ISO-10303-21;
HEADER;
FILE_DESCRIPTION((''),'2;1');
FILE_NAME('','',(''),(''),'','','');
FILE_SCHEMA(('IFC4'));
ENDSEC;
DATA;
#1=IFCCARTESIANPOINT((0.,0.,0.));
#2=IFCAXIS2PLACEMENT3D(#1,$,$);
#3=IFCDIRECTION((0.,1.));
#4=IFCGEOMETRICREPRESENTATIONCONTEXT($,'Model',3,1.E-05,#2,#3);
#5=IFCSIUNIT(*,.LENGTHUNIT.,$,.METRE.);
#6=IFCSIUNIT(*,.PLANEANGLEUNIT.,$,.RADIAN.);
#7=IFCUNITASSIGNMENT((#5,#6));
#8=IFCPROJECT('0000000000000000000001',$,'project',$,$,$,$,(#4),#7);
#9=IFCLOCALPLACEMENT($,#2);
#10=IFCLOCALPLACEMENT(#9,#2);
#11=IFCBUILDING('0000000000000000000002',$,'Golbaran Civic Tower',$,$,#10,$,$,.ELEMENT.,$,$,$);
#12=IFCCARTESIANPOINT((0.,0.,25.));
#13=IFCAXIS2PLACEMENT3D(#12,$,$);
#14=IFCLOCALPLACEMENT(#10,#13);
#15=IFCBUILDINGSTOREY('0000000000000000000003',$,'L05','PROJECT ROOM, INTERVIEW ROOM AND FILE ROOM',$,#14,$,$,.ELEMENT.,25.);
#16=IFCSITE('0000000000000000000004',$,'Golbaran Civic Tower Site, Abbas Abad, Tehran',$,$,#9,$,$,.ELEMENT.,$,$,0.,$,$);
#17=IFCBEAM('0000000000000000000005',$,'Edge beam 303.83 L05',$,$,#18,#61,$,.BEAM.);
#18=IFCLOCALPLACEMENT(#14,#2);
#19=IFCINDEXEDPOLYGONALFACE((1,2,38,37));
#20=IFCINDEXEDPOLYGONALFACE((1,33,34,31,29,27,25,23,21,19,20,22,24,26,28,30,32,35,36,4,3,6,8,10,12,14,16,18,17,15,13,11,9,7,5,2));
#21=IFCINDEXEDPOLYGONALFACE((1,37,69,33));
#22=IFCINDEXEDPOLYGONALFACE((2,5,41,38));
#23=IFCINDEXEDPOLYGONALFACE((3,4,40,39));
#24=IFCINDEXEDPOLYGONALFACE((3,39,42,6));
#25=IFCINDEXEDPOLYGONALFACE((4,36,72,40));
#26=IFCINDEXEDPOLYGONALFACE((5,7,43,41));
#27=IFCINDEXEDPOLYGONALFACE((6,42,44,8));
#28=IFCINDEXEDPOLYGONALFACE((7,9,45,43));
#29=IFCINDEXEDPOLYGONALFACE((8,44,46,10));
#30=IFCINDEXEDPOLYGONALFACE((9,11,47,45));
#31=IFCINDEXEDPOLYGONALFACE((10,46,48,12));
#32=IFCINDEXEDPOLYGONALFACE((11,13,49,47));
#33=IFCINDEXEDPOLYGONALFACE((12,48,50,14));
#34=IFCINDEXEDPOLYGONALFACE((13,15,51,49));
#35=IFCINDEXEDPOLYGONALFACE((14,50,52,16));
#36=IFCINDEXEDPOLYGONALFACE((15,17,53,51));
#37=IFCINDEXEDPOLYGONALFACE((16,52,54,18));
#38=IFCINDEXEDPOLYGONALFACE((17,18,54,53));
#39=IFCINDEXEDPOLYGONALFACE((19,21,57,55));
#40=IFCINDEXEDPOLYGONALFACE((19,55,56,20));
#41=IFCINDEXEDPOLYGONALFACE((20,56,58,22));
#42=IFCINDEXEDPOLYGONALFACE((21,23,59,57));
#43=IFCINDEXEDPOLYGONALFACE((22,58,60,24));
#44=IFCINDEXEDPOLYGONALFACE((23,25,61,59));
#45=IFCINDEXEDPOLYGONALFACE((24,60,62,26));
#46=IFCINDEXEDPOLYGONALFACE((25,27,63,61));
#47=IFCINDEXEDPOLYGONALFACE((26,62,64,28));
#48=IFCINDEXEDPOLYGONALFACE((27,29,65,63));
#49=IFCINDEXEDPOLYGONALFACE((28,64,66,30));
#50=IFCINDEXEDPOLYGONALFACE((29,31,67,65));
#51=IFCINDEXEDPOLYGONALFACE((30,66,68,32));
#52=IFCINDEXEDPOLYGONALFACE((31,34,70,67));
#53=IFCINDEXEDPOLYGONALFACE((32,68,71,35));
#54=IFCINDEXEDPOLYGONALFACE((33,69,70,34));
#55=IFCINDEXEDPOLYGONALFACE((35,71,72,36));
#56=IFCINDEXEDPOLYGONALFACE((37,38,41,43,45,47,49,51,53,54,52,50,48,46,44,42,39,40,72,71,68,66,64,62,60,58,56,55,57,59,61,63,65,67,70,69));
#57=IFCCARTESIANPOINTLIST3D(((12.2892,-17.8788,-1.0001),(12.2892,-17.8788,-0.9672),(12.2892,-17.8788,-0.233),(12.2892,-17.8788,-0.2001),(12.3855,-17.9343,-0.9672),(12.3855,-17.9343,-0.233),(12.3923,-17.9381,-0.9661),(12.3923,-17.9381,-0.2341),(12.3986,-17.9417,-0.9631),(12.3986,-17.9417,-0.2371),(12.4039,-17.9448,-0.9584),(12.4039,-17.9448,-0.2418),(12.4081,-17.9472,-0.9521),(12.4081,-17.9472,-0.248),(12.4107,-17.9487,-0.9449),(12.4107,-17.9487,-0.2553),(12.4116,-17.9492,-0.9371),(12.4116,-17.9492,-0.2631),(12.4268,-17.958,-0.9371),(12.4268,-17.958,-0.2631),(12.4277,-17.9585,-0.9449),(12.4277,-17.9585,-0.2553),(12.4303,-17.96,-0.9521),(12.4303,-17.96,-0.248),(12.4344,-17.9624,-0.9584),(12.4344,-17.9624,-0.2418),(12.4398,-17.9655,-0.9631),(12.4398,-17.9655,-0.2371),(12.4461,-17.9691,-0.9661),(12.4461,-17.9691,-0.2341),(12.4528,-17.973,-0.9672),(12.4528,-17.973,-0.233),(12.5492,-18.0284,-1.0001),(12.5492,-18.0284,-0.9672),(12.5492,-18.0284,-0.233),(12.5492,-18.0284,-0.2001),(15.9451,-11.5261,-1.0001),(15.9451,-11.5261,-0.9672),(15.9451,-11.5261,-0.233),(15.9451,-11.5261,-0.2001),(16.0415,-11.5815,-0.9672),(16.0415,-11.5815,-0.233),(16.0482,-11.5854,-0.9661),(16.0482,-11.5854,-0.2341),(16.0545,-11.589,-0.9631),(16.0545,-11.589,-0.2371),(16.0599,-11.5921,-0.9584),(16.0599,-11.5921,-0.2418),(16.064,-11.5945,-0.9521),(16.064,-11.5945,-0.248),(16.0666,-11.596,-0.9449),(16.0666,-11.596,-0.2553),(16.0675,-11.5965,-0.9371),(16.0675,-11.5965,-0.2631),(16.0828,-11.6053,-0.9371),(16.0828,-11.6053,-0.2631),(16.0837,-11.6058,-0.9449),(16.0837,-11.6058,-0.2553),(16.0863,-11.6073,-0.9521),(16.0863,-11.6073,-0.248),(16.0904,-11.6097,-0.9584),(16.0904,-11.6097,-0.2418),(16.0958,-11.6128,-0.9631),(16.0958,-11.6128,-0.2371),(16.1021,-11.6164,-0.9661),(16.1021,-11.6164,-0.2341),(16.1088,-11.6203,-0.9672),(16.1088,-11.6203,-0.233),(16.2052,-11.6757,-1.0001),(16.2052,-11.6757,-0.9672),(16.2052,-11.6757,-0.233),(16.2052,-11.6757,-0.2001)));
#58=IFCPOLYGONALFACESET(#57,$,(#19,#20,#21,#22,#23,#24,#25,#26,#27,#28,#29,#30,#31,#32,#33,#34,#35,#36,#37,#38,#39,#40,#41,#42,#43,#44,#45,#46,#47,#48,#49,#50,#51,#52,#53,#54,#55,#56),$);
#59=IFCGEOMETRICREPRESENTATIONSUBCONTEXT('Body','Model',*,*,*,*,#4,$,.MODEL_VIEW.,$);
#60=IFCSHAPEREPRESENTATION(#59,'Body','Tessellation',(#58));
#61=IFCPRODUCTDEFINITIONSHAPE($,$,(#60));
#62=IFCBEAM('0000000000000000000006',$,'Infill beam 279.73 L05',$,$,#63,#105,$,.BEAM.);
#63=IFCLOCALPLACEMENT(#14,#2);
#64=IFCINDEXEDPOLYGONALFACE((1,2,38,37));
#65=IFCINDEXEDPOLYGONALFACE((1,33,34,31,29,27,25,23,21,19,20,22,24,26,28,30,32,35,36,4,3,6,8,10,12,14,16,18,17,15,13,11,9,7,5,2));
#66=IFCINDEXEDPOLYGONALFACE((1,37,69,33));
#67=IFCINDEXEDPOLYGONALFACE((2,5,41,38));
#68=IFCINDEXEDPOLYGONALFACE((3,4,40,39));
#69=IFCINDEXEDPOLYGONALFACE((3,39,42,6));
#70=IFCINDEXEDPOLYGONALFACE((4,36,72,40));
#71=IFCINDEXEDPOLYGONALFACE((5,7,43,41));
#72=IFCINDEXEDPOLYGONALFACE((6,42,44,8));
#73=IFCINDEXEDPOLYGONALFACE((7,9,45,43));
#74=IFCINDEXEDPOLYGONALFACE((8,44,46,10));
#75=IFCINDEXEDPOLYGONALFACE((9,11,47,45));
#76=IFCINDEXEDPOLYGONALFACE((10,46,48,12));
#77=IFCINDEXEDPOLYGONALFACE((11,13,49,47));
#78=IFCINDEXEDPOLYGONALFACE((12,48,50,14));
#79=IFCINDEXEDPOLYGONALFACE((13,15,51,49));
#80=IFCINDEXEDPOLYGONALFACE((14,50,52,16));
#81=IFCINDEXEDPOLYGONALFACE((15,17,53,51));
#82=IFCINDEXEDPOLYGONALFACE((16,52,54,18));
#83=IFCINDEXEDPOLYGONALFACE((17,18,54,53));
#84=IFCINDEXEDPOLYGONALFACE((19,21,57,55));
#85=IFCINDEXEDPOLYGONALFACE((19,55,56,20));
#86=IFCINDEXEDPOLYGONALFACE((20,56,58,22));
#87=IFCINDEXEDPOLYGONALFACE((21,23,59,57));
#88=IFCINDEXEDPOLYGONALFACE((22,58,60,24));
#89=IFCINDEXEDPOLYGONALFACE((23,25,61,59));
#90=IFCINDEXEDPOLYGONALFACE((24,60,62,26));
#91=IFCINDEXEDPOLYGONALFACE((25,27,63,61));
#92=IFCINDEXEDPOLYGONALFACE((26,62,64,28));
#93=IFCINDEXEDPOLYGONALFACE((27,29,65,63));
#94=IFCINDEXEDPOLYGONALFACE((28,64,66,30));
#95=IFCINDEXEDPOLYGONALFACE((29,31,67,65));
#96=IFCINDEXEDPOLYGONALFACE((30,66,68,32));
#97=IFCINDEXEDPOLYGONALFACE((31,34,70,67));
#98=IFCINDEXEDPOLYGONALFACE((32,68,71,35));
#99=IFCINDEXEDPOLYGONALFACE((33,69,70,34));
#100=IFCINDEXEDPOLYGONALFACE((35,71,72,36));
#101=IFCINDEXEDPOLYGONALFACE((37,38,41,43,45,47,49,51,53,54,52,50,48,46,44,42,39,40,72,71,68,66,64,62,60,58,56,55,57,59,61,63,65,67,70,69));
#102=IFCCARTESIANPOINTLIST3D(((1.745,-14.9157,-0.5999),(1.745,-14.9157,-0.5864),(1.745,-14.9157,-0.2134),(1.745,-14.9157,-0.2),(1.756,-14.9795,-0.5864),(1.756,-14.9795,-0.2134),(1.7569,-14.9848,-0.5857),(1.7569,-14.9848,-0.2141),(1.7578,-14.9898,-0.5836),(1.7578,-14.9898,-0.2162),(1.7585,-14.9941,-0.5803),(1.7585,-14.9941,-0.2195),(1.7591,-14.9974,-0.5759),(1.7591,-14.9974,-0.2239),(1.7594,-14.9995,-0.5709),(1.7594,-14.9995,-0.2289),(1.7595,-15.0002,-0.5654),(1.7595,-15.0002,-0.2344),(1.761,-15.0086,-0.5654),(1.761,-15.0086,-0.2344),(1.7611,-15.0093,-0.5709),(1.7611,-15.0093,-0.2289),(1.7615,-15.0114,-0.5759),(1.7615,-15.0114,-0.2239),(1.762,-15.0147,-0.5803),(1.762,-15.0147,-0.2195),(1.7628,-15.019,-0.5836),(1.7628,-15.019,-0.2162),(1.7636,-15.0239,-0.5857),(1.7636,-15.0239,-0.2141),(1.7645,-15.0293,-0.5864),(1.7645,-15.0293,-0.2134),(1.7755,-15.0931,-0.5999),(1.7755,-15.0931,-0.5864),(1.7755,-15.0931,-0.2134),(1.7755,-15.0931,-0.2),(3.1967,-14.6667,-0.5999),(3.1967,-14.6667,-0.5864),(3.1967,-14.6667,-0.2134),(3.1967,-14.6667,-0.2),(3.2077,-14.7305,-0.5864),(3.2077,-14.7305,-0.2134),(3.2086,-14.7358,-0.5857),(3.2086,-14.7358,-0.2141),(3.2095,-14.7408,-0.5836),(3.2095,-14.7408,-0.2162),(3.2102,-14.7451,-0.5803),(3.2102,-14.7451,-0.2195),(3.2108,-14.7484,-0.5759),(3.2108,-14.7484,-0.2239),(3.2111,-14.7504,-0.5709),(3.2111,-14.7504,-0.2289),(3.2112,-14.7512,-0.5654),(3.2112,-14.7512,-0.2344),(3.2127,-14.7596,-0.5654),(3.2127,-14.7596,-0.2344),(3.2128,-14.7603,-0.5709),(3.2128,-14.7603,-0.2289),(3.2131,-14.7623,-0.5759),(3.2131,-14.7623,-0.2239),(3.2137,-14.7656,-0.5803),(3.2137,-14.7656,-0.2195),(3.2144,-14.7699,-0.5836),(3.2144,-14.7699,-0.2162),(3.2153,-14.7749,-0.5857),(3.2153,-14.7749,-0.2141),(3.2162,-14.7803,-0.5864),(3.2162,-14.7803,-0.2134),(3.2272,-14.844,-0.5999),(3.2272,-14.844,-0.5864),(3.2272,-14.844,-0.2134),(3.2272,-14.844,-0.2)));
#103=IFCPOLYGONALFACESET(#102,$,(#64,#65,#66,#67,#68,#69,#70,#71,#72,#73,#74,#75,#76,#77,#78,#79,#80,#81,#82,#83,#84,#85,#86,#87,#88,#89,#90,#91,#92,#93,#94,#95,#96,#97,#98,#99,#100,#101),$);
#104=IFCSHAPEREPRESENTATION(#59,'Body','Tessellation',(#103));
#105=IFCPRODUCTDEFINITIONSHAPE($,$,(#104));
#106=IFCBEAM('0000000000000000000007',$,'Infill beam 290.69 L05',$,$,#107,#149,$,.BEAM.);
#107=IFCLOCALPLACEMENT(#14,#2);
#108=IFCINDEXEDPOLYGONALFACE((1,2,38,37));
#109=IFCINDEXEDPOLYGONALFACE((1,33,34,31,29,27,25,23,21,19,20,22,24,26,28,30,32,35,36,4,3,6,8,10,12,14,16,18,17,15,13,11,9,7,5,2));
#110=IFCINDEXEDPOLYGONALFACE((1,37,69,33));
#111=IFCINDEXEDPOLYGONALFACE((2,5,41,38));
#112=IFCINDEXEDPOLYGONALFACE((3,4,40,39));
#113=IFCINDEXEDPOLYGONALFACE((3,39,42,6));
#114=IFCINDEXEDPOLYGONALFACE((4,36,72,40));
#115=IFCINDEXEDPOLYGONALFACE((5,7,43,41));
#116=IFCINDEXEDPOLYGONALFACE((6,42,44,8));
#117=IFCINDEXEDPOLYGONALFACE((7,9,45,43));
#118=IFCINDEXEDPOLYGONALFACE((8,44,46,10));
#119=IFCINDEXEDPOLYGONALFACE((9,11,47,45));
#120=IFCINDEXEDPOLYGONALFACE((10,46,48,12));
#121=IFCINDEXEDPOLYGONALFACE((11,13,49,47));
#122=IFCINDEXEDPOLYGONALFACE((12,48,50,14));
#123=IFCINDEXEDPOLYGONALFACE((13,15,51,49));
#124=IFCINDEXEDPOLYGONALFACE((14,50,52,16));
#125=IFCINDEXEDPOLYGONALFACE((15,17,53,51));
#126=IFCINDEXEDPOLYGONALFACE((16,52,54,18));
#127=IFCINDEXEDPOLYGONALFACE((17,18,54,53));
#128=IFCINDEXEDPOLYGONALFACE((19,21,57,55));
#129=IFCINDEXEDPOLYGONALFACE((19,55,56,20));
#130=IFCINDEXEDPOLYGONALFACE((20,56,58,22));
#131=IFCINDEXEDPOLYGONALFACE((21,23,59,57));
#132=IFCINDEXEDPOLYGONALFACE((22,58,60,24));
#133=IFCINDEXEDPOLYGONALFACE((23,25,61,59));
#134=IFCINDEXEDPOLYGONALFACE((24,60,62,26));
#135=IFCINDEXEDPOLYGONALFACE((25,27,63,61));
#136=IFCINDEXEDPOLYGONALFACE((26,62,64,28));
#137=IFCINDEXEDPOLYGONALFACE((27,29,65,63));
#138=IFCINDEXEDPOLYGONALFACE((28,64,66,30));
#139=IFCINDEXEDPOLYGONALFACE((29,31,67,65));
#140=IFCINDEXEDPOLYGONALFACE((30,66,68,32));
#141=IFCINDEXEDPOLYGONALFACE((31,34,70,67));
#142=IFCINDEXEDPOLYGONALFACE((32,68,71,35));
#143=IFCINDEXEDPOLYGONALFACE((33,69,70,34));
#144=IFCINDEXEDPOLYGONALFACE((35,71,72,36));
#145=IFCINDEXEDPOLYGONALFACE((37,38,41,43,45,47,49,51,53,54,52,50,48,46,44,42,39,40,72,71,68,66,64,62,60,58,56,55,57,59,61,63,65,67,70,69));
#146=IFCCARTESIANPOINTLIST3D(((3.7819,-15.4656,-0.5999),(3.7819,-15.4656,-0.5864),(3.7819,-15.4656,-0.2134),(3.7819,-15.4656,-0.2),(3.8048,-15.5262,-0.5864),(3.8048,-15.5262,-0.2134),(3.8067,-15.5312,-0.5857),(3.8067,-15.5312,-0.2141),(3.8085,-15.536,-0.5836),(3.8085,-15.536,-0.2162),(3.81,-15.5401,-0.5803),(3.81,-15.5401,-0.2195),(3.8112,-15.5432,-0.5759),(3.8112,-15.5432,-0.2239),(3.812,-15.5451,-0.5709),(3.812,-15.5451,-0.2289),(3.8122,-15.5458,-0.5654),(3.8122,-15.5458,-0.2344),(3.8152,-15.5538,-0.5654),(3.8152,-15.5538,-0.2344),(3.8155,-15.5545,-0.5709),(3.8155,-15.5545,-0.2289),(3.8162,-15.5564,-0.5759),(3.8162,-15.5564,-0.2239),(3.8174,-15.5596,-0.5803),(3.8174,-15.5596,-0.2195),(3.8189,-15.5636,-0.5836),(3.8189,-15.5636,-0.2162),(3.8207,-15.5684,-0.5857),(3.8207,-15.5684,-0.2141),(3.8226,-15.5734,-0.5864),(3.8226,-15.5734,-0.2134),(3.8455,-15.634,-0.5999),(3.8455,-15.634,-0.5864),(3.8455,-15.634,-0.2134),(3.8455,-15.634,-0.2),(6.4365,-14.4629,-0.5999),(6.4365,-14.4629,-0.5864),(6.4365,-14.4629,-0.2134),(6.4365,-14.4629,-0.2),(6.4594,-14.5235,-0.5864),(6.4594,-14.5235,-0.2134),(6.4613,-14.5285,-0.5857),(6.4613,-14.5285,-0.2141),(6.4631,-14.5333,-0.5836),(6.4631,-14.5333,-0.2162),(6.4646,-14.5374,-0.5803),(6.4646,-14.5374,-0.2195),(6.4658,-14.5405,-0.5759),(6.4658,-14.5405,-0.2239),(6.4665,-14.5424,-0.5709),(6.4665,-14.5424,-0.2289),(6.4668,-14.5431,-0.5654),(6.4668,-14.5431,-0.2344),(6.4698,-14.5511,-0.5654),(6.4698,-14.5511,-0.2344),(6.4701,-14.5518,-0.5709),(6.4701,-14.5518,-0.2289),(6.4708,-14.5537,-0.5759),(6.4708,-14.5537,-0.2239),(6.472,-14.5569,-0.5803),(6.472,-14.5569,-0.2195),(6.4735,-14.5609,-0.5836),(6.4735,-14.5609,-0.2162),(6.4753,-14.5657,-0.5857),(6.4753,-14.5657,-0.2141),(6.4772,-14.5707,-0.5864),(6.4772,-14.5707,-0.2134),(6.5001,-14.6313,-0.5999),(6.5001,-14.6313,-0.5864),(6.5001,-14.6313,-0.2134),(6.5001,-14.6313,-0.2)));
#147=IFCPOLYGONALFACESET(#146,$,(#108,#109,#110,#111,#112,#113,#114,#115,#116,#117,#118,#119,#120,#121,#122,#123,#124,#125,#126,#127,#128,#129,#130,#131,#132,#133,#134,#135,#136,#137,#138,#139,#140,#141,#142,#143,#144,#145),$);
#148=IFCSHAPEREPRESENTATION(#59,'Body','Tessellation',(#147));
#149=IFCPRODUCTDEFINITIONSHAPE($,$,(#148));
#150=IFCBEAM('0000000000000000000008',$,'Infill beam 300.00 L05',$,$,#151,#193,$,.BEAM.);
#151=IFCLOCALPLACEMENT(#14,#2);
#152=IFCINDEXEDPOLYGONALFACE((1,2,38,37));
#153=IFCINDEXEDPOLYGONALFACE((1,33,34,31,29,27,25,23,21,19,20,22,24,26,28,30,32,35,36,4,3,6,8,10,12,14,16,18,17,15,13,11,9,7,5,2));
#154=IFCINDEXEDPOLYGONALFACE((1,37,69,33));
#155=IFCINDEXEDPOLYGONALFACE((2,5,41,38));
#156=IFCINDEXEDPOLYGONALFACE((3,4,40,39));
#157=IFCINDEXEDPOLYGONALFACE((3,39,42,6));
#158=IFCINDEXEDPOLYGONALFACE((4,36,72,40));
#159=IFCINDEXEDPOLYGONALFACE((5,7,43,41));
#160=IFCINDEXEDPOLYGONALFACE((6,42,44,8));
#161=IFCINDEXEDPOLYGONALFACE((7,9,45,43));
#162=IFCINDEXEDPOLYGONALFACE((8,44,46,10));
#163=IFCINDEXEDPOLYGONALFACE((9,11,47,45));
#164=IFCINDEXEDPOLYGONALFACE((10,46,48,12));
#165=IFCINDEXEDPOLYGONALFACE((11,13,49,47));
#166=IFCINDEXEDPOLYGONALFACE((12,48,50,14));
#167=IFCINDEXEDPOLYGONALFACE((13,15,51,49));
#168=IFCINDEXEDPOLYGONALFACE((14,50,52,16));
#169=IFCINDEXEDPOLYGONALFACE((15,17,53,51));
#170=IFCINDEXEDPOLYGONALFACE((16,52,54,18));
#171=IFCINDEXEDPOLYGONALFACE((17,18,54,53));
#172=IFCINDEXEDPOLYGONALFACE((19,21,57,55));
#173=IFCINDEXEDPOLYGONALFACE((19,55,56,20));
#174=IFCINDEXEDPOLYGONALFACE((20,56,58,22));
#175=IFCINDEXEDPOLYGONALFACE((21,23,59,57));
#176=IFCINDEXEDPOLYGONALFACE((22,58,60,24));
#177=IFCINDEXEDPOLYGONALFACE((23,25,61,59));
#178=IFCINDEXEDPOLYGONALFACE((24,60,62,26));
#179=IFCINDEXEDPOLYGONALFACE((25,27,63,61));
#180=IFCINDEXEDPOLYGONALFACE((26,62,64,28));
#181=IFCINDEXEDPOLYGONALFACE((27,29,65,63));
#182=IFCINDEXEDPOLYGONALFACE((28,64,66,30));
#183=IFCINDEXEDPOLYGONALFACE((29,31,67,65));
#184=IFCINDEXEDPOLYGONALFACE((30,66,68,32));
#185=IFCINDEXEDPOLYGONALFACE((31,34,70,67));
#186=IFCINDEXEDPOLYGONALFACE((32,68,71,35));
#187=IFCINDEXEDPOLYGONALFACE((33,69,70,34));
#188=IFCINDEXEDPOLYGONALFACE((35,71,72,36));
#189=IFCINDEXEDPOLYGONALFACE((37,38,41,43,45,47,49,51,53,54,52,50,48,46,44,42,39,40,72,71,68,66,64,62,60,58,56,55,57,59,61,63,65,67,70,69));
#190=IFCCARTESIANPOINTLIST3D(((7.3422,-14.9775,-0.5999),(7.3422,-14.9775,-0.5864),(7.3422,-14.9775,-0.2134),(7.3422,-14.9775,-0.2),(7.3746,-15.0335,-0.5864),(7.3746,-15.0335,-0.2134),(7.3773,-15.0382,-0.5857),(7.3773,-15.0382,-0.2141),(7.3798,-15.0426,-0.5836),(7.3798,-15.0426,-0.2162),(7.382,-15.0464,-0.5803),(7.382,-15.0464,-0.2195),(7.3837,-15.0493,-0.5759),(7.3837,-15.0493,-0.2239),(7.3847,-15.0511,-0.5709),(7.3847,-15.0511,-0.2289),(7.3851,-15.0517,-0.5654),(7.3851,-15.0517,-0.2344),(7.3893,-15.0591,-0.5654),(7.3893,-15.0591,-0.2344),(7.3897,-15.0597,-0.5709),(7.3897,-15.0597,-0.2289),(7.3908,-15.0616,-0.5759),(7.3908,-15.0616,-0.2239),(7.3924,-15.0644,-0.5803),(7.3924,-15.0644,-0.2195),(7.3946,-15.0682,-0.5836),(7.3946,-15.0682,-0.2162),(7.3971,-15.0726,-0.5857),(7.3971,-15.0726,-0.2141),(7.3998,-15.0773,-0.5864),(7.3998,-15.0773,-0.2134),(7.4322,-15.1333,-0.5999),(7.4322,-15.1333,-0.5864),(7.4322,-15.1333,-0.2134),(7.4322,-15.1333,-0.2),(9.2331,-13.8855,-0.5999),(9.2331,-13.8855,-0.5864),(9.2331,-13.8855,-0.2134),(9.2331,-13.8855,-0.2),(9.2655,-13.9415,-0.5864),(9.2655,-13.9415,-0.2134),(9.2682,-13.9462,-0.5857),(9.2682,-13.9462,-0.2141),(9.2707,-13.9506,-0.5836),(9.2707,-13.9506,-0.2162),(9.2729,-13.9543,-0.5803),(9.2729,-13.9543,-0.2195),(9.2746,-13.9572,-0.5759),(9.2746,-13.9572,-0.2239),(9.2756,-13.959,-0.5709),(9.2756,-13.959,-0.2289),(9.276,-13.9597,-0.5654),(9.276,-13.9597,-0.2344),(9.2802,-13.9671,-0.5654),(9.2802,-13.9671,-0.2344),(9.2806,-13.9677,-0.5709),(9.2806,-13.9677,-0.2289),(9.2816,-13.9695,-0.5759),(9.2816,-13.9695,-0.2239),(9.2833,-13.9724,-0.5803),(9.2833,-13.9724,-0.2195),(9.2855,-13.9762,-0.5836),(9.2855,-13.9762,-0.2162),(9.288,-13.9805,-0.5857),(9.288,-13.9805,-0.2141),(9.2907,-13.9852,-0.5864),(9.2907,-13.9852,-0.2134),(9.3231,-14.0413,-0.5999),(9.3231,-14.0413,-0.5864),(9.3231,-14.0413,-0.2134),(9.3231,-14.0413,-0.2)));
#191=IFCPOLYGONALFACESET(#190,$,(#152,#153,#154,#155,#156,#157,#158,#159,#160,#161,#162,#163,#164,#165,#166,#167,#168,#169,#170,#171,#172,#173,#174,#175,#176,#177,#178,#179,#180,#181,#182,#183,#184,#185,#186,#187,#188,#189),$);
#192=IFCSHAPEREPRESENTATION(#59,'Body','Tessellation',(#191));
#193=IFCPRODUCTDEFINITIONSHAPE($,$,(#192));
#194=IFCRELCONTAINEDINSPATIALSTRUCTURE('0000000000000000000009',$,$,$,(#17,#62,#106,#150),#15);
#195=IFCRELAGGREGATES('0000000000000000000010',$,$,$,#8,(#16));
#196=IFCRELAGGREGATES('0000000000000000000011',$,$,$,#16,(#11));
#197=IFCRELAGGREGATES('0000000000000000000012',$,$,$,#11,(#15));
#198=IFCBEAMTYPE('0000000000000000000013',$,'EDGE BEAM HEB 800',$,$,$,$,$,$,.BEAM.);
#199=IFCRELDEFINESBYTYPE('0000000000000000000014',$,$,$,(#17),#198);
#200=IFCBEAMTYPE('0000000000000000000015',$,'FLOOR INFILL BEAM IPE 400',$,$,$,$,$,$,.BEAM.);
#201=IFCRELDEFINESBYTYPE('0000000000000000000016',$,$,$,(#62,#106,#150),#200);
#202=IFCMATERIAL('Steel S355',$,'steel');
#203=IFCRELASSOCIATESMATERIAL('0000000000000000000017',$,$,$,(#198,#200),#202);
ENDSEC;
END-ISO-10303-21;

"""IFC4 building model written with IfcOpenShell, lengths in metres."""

from ifc_helpers import new_model, si_unit, direction, frame, origin, origin_2d, place, context, subcontext, project, spatial, i_section, extrude, material, material_profile, profile_set, type_object, element, save


model = new_model("IFC4")

# Units and contexts
model_context = context("Model", 3, precision=1e-05, world=origin(), true_north=direction((0.0, 1.0)))
body_context = subcontext(model_context, "Body", "Model", "MODEL_VIEW")
ifc_project = project(units=[si_unit("LENGTHUNIT", "METRE"), si_unit("PLANEANGLEUNIT", "RADIAN")], contexts=[model_context])

# Site, building, storey
site_placement = place(None, origin())
site = spatial("IfcSite", under=ifc_project, at=site_placement, Name="Golbaran Civic Tower Site, Abbas Abad, Tehran", CompositionType="ELEMENT", RefElevation=0.0)
building_placement = place(site_placement, origin())
building = spatial("IfcBuilding", under=site, at=building_placement, Name="Golbaran Civic Tower", CompositionType="ELEMENT")
storey_placement = place(building_placement, frame((0.0, 0.0, 25.0)))
storey = spatial("IfcBuildingStorey", under=building, at=storey_placement, Name="L05", Description="PROJECT ROOM, INTERVIEW ROOM AND FILE ROOM", CompositionType="ELEMENT", Elevation=25.0)

# Beams
ifc_material_1 = material(Name="Steel S355", Category="steel")
ifc_material_profile_1 = material_profile(ifc_material_1, i_section(OverallWidth=0.3, OverallDepth=0.8, WebThickness=0.0176, FlangeThickness=0.033, FilletRadius=0.03, at=origin_2d()), Name="HEB 800")
ifc_profile_set_1 = profile_set([ifc_material_profile_1], Name="Steel S355")
beam_type_1 = type_object("IfcBeamType", Name="EDGE BEAM HEB 800", PredefinedType="BEAM", material=ifc_profile_set_1)
beam_1_placement = place(storey_placement, frame((12.4192, -17.9536, -0.6001), z_axis=(0.498795, 0.86672, 0.0), x_axis=(-0.86672, 0.498795, 0.0)))
element("IfcBeam", 1, at=beam_1_placement, inside=storey, type_object=beam_type_1, Name="Edge beam 303.83 L05", PredefinedType="BEAM", context=body_context, shape_type="SweptSolid", body=[
    extrude(i_section(OverallWidth=0.3, OverallDepth=0.8, WebThickness=0.0176, FlangeThickness=0.033, FilletRadius=0.03, at=origin_2d()), origin(), (0.0, 0.0, 1.0), 7.3296),
])
ifc_material_profile_2 = material_profile(ifc_material_1, i_section(OverallWidth=0.1799, OverallDepth=0.3999, WebThickness=0.0085, FlangeThickness=0.0134, FilletRadius=0.021, at=origin_2d()), Name="IPE 400")
ifc_profile_set_2 = profile_set([ifc_material_profile_2], Name="Steel S355")
beam_type_2 = type_object("IfcBeamType", Name="FLOOR INFILL BEAM IPE 400", PredefinedType="BEAM", material=ifc_profile_set_2)
beam_2_placement = place(storey_placement, frame((1.7603, -15.0044, -0.3999), z_axis=(0.985603, 0.169074, 0.0), x_axis=(-0.169074, 0.985603, 0.0)))
element("IfcBeam", 2, at=beam_2_placement, inside=storey, type_object=beam_type_2, Name="Infill beam 279.73 L05", PredefinedType="BEAM", context=body_context, shape_type="SweptSolid", body=[
    extrude(i_section(OverallWidth=0.1799, OverallDepth=0.3999, WebThickness=0.0085, FlangeThickness=0.0134, FilletRadius=0.021, at=origin_2d()), origin(), (0.0, 0.0, 1.0), 1.4729),
])
beam_3_placement = place(storey_placement, frame((3.8137, -15.5498, -0.3999), z_axis=(0.935489, 0.353357, 0.0), x_axis=(-0.353357, 0.935489, 0.0)))
element("IfcBeam", 3, at=beam_3_placement, inside=storey, type_object=beam_type_2, Name="Infill beam 290.69 L05", PredefinedType="BEAM", context=body_context, shape_type="SweptSolid", body=[
    extrude(i_section(OverallWidth=0.1799, OverallDepth=0.3999, WebThickness=0.0085, FlangeThickness=0.0134, FilletRadius=0.021, at=origin_2d()), origin(), (0.0, 0.0, 1.0), 2.8376),
])
beam_4_placement = place(storey_placement, frame((7.3872, -15.0554, -0.3999), z_axis=(0.865957, 0.500119, 0.0), x_axis=(-0.500119, 0.865957, 0.0)))
element("IfcBeam", 4, at=beam_4_placement, inside=storey, type_object=beam_type_2, Name="Infill beam 300.00 L05", PredefinedType="BEAM", context=body_context, shape_type="SweptSolid", body=[
    extrude(i_section(OverallWidth=0.1799, OverallDepth=0.3999, WebThickness=0.0085, FlangeThickness=0.0134, FilletRadius=0.021, at=origin_2d()), origin(), (0.0, 0.0, 1.0), 2.1836),
])

save(model, "model.ifc")
